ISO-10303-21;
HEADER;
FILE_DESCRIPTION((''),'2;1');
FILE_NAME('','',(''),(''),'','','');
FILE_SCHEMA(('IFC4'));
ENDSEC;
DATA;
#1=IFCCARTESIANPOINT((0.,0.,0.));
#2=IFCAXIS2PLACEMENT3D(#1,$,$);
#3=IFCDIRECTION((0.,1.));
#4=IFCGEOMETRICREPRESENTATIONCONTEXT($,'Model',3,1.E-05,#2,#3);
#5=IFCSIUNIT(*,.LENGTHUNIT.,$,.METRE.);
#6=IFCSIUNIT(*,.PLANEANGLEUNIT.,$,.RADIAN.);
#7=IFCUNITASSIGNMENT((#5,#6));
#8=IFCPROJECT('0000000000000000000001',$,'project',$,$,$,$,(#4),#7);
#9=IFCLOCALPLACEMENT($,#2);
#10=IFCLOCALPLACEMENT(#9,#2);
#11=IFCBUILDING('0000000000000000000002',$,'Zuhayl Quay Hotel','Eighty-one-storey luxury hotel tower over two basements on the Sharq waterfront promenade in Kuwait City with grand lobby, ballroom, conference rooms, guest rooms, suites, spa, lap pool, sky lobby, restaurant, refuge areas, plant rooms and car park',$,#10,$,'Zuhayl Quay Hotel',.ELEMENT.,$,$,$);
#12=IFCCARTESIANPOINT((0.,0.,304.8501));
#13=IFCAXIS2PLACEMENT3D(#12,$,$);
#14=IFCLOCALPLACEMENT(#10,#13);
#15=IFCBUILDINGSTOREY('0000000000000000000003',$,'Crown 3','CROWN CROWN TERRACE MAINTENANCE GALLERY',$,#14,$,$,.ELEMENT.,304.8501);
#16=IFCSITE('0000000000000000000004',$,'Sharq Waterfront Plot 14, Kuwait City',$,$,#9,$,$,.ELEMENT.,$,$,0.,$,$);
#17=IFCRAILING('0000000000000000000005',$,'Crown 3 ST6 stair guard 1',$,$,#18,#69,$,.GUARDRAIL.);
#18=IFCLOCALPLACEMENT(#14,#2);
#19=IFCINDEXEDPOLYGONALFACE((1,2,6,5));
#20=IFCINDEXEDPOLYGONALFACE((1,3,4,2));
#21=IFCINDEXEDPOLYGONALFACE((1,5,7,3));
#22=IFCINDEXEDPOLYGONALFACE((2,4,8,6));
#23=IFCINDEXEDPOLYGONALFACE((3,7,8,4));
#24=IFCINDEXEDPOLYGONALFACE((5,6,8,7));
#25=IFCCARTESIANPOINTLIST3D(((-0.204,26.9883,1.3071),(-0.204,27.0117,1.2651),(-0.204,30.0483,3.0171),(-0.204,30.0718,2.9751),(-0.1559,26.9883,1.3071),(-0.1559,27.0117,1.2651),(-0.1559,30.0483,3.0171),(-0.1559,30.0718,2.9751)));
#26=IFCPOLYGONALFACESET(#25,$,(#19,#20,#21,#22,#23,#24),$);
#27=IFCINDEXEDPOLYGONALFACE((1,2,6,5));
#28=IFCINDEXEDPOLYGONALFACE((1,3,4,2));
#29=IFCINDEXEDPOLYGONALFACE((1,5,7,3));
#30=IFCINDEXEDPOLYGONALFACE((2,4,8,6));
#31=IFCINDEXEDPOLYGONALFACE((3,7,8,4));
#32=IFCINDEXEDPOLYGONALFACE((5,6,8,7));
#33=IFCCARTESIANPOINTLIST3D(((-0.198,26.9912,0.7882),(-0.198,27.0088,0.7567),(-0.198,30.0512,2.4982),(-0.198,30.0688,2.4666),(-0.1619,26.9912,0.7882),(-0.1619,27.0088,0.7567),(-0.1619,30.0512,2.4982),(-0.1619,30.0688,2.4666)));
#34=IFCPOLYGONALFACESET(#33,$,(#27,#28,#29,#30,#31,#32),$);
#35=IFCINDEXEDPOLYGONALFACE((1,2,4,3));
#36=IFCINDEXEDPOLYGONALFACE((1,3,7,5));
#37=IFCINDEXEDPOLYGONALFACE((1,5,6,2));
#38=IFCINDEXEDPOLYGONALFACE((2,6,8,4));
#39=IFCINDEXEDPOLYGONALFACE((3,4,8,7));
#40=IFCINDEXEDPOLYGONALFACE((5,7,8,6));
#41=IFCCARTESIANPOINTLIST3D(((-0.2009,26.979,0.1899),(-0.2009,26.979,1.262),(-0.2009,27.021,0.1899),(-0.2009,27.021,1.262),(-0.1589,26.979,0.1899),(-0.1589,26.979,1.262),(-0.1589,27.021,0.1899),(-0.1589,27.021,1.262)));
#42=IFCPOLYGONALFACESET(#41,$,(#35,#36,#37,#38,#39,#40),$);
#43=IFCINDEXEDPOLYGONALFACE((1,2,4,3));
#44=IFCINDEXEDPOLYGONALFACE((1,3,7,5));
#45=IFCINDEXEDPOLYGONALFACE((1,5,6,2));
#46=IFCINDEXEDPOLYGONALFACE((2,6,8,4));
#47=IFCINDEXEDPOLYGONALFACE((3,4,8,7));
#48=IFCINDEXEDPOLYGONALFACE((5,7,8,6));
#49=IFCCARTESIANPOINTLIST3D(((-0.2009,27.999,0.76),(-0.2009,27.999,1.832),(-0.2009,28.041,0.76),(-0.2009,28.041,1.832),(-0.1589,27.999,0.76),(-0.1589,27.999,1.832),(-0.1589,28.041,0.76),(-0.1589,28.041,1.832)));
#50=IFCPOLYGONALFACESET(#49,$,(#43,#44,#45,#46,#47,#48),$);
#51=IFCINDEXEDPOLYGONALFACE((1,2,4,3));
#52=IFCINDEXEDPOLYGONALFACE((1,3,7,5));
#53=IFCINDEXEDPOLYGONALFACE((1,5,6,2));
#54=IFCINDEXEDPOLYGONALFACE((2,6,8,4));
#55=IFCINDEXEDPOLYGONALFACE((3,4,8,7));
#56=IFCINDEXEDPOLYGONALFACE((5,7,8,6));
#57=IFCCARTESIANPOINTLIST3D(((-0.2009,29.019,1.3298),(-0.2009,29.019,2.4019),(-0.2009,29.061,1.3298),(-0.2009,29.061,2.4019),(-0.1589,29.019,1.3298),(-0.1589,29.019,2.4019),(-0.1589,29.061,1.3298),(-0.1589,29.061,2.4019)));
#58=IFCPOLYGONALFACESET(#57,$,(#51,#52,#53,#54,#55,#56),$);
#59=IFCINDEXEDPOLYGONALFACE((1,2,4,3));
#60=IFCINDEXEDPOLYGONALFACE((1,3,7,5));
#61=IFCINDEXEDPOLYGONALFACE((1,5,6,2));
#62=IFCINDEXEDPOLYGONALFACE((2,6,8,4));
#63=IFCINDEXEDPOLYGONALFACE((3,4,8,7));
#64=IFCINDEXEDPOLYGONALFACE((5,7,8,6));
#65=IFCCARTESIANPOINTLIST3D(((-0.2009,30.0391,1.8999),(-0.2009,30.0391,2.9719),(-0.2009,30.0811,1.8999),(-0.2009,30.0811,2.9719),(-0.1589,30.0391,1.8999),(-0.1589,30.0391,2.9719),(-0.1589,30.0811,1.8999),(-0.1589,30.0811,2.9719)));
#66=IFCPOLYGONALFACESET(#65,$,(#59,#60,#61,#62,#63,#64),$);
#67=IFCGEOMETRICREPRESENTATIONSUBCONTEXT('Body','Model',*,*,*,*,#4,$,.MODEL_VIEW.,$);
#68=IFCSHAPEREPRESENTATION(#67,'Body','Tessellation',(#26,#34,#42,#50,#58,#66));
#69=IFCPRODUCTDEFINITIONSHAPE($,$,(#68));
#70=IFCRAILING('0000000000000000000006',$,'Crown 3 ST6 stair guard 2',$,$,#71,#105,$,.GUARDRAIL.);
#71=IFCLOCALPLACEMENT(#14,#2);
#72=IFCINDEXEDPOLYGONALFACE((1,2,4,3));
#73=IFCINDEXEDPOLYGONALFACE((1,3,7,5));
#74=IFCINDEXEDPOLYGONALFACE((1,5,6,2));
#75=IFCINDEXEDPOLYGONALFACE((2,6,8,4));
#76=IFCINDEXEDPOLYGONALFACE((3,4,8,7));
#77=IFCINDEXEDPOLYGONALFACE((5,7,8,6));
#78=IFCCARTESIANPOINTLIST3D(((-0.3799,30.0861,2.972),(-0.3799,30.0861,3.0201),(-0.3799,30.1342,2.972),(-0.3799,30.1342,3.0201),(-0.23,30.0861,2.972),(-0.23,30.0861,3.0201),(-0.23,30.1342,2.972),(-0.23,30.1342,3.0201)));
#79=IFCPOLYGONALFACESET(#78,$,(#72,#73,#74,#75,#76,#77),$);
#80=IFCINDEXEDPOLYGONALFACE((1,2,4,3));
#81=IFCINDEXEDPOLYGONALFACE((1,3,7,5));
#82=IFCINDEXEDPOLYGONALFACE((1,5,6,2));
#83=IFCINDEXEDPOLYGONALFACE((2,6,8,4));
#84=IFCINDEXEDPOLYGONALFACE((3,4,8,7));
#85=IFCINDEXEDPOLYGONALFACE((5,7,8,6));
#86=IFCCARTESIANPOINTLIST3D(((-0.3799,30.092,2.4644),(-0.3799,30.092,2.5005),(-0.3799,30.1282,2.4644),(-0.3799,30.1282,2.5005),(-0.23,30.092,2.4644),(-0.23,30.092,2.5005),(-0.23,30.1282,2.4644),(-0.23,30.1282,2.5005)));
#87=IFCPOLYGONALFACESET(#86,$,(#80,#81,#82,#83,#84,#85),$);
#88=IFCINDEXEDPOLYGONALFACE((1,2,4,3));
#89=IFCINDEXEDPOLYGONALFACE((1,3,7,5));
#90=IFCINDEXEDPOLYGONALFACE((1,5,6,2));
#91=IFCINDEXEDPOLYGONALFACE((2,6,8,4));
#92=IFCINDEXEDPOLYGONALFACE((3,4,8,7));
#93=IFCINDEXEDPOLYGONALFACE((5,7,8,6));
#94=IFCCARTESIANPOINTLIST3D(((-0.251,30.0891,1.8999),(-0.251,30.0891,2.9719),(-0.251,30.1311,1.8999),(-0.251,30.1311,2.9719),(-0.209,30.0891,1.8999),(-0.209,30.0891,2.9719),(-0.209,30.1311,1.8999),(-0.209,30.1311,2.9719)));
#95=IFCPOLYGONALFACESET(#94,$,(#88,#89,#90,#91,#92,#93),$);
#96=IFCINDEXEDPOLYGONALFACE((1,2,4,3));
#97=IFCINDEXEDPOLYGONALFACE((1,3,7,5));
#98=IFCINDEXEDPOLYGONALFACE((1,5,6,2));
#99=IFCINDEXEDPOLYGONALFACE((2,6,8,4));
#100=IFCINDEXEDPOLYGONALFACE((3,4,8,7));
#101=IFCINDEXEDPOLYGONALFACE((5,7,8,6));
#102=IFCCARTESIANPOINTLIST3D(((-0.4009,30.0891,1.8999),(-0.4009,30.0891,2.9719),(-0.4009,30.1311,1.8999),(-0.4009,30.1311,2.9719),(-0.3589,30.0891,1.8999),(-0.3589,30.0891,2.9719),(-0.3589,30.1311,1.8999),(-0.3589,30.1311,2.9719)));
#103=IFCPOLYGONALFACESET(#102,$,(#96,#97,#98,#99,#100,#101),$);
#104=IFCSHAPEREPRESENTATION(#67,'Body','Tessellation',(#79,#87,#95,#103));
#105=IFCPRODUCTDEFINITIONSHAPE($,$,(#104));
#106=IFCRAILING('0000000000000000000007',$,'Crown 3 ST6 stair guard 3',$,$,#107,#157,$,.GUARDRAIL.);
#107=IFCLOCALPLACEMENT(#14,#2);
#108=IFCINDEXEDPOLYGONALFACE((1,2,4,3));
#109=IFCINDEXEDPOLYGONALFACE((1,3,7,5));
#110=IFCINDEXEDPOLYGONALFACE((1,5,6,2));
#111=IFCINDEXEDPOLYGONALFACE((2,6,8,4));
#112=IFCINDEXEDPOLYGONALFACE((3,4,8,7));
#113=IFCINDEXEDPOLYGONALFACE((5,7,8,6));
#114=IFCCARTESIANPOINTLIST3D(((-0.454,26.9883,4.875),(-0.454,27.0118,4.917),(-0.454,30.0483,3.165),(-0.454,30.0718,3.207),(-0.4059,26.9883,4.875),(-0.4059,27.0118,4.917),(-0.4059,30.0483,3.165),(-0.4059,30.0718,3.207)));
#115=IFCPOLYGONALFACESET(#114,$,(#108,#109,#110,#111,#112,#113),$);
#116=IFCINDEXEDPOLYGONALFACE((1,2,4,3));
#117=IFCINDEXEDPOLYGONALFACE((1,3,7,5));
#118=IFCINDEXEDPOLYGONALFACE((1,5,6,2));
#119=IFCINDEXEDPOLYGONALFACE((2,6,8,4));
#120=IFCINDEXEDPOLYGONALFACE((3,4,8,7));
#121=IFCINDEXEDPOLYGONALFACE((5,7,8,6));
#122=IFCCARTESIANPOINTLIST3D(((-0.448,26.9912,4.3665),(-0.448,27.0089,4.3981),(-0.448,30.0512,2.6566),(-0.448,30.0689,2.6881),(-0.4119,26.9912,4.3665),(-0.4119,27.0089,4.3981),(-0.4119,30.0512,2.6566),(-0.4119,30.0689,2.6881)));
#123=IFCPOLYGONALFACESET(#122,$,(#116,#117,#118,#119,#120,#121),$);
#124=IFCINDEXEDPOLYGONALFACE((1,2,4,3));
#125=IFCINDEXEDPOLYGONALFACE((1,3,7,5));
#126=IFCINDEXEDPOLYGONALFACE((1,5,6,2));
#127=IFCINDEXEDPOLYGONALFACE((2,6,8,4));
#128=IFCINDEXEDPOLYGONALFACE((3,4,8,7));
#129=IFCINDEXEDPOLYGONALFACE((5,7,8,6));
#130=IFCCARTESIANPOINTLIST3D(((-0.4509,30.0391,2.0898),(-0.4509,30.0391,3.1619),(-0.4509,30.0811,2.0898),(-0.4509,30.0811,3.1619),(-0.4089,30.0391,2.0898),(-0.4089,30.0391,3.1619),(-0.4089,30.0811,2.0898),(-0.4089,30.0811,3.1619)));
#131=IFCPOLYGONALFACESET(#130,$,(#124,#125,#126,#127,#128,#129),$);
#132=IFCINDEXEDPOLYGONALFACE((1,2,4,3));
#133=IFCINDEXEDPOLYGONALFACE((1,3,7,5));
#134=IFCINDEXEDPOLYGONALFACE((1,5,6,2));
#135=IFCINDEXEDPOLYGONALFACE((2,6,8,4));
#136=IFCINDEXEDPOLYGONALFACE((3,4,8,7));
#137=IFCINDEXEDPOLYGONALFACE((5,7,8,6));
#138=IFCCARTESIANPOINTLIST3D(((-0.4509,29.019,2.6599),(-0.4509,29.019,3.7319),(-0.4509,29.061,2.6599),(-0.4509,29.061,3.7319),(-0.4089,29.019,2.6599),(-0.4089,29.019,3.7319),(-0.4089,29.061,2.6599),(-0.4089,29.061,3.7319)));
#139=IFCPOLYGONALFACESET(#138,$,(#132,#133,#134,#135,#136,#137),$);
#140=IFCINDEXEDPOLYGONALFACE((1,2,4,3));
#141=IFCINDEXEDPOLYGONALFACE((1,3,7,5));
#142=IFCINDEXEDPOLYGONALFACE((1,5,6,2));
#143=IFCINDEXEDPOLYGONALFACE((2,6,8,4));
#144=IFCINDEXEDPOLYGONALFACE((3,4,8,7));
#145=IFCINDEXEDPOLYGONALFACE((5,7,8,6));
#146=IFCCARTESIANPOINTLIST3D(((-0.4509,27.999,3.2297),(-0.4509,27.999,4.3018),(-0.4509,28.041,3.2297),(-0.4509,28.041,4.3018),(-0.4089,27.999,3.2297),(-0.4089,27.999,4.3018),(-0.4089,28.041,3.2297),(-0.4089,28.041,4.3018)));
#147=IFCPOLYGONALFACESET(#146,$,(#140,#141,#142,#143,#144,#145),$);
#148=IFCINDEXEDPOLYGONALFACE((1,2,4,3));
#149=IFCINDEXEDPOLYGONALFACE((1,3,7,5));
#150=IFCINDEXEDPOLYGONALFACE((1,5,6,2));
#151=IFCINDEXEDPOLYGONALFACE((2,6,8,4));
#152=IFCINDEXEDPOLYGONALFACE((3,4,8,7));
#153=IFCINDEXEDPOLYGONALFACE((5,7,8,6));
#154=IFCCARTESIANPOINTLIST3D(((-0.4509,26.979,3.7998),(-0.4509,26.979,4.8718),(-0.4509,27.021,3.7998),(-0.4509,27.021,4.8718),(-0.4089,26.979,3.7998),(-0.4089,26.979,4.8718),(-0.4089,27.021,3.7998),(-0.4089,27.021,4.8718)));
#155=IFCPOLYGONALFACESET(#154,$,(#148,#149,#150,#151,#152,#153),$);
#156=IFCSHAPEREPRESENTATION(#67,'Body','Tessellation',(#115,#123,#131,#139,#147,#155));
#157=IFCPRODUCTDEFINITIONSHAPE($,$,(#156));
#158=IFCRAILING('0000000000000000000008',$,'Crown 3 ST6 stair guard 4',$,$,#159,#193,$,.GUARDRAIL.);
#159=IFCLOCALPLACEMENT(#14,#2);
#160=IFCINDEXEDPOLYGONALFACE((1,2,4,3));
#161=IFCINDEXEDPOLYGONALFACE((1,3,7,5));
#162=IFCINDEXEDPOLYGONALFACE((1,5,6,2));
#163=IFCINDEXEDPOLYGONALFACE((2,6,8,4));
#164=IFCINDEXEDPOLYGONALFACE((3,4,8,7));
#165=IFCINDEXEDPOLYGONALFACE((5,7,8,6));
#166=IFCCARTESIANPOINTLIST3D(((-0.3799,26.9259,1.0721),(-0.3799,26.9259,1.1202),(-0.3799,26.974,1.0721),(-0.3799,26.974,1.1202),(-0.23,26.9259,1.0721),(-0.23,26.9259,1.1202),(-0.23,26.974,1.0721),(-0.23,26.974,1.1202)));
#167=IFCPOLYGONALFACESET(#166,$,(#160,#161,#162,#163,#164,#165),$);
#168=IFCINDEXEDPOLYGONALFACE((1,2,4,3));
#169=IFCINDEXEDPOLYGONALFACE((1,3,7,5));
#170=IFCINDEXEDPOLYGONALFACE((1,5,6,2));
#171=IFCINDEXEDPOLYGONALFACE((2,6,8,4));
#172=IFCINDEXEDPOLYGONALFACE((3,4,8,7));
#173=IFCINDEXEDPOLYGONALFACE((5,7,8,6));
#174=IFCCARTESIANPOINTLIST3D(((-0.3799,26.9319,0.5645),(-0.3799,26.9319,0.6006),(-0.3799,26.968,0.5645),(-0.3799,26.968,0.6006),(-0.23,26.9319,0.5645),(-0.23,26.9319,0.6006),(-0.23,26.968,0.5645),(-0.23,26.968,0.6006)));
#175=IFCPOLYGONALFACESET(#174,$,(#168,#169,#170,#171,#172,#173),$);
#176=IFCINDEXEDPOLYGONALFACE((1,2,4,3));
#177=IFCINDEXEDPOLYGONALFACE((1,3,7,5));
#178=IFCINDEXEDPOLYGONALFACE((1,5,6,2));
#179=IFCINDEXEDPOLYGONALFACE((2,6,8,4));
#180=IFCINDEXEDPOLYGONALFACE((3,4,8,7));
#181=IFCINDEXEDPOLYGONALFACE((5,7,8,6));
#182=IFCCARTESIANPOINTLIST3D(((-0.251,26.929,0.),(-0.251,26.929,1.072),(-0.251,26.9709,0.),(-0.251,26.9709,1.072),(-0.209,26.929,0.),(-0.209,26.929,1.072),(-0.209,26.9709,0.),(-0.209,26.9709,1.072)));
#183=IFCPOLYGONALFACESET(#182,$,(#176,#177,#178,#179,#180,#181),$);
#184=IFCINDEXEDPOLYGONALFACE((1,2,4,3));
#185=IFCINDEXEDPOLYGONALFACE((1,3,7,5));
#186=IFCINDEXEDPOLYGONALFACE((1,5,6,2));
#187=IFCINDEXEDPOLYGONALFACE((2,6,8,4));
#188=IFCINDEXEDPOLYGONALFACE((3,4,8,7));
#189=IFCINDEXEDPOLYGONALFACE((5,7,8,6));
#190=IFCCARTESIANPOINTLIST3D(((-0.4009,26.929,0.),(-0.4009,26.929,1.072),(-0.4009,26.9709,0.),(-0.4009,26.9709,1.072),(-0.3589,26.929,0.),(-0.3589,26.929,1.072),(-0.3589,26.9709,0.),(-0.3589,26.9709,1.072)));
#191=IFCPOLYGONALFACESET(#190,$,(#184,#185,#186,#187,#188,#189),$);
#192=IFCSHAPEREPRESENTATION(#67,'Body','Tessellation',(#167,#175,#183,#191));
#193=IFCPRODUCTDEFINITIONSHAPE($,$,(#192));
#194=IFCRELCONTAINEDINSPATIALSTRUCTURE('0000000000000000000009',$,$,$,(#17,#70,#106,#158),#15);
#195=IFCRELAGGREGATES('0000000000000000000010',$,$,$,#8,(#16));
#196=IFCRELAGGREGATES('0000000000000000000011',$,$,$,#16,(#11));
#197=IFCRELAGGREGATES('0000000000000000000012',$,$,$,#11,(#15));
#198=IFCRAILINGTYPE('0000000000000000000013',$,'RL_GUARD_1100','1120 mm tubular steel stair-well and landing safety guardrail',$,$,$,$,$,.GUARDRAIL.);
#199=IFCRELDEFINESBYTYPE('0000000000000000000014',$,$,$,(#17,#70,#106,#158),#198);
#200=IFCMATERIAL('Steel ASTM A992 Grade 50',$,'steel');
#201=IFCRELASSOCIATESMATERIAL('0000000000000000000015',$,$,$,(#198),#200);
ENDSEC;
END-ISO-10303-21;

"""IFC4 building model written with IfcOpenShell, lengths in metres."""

from ifc_helpers import new_model, si_unit, direction, frame, origin, origin_2d, place, context, subcontext, project, spatial, rectangle, extrude, material, type_object, element, save


model = new_model("IFC4")

# Units and contexts
model_context = context("Model", 3, precision=1e-05, world=origin(), true_north=direction((0.0, 1.0)))
body_context = subcontext(model_context, "Body", "Model", "MODEL_VIEW")
ifc_project = project(units=[si_unit("LENGTHUNIT", "METRE"), si_unit("PLANEANGLEUNIT", "RADIAN")], contexts=[model_context])

# Site, building, storey
site_placement = place(None, origin())
site = spatial("IfcSite", under=ifc_project, at=site_placement, Name="Sharq Waterfront Plot 14, Kuwait City", CompositionType="ELEMENT", RefElevation=0.0)
building_placement = place(site_placement, origin())
building = spatial("IfcBuilding", under=site, at=building_placement, Name="Zuhayl Quay Hotel", Description="Eighty-one-storey luxury hotel tower over two basements on the Sharq waterfront promenade in Kuwait City with grand lobby, ballroom, conference rooms, guest rooms, suites, spa, lap pool, sky lobby, restaurant, refuge areas, plant rooms and car park", LongName="Zuhayl Quay Hotel", CompositionType="ELEMENT")
storey_placement = place(building_placement, frame((0.0, 0.0, 304.8501)))
storey = spatial("IfcBuildingStorey", under=building, at=storey_placement, Name="Crown 3", Description="CROWN CROWN TERRACE MAINTENANCE GALLERY", CompositionType="ELEMENT", Elevation=304.8501)

# Shared definitions
ifc_material_1 = material(Name="Steel ASTM A992 Grade 50", Category="steel")

# Railings
railing_type_1 = type_object("IfcRailingType", Name="RL_GUARD_1100", Description="1120 mm tubular steel stair-well and landing safety guardrail", PredefinedType="GUARDRAIL", material=ifc_material_1)
railing_1_placement = place(storey_placement, frame((-0.1799, 27.0, 0.1899)))
element("IfcRailing", 1, at=railing_1_placement, inside=storey, type_object=railing_type_1, Name="Crown 3 ST6 stair guard 1", PredefinedType="GUARDRAIL", context=body_context, shape_type="SweptSolid", body=[
    extrude(rectangle(XDim=0.0481, YDim=0.0481, at=origin_2d()), frame((0.0, 0.0, 1.0962), z_axis=(0.0, 0.872952, 0.487806), x_axis=(-1.0, 0.0, 0.0)), (0.0, 0.0, 1.0), 3.5054),
    extrude(rectangle(XDim=0.0361, YDim=0.0361, at=origin_2d()), frame((0.0, 0.0, 0.5825), z_axis=(0.0, 0.872952, 0.487806), x_axis=(-1.0, 0.0, 0.0)), (0.0, 0.0, 1.0), 3.5054),
    extrude(rectangle(XDim=0.042, YDim=0.042, at=origin_2d()), origin(), (0.0, 0.0, 1.0), 1.072),
    extrude(rectangle(XDim=0.042, YDim=0.042, at=origin_2d()), frame((0.0, 1.02, 0.5701)), (0.0, 0.0, 1.0), 1.072),
    extrude(rectangle(XDim=0.042, YDim=0.042, at=origin_2d()), frame((0.0, 2.04, 1.1399)), (0.0, 0.0, 1.0), 1.072),
    extrude(rectangle(XDim=0.042, YDim=0.042, at=origin_2d()), frame((0.0, 3.0601, 1.71)), (0.0, 0.0, 1.0), 1.072),
])
railing_2_placement = place(storey_placement, frame((-0.23, 30.1101, 1.8999)))
element("IfcRailing", 2, at=railing_2_placement, inside=storey, type_object=railing_type_1, Name="Crown 3 ST6 stair guard 2", PredefinedType="GUARDRAIL", context=body_context, shape_type="SweptSolid", body=[
    extrude(rectangle(XDim=0.0481, YDim=0.0481, at=origin_2d()), frame((0.0, 0.0, 1.0962), z_axis=(-1.0, 0.0, 0.0), x_axis=(0.0, -1.0, 0.0)), (0.0, 0.0, 1.0), 0.1499),
    extrude(rectangle(XDim=0.0361, YDim=0.0361, at=origin_2d()), frame((0.0, 0.0, 0.5825), z_axis=(-1.0, 0.0, 0.0), x_axis=(0.0, -1.0, 0.0)), (0.0, 0.0, 1.0), 0.1499),
    extrude(rectangle(XDim=0.042, YDim=0.042, at=origin_2d()), origin(), (0.0, 0.0, 1.0), 1.072),
    extrude(rectangle(XDim=0.042, YDim=0.042, at=origin_2d()), frame((-0.1499, 0.0, 0.0)), (0.0, 0.0, 1.0), 1.072),
])
railing_3_placement = place(storey_placement, frame((-0.4299, 30.0601, 2.0898)))
element("IfcRailing", 3, at=railing_3_placement, inside=storey, type_object=railing_type_1, Name="Crown 3 ST6 stair guard 3", PredefinedType="GUARDRAIL", context=body_context, shape_type="SweptSolid", body=[
    extrude(rectangle(XDim=0.0481, YDim=0.0481, at=origin_2d()), frame((0.0, 0.0, 1.0962), z_axis=(0.0, -0.872952, 0.487806), x_axis=(1.0, 0.0, 0.0)), (0.0, 0.0, 1.0), 3.5054),
    extrude(rectangle(XDim=0.0361, YDim=0.0361, at=origin_2d()), frame((0.0, 0.0, 0.5825), z_axis=(0.0, -0.872952, 0.487806), x_axis=(1.0, 0.0, 0.0)), (0.0, 0.0, 1.0), 3.5054),
    extrude(rectangle(XDim=0.042, YDim=0.042, at=origin_2d()), origin(), (0.0, 0.0, 1.0), 1.072),
    extrude(rectangle(XDim=0.042, YDim=0.042, at=origin_2d()), frame((0.0, -1.02, 0.5701)), (0.0, 0.0, 1.0), 1.072),
    extrude(rectangle(XDim=0.042, YDim=0.042, at=origin_2d()), frame((0.0, -2.04, 1.1399)), (0.0, 0.0, 1.0), 1.072),
    extrude(rectangle(XDim=0.042, YDim=0.042, at=origin_2d()), frame((0.0, -3.0601, 1.71)), (0.0, 0.0, 1.0), 1.072),
])
railing_4_placement = place(storey_placement, frame((-0.23, 26.95, 0.0)))
element("IfcRailing", 4, at=railing_4_placement, inside=storey, type_object=railing_type_1, Name="Crown 3 ST6 stair guard 4", PredefinedType="GUARDRAIL", context=body_context, shape_type="SweptSolid", body=[
    extrude(rectangle(XDim=0.0481, YDim=0.0481, at=origin_2d()), frame((0.0, 0.0, 1.0962), z_axis=(-1.0, 0.0, 0.0), x_axis=(0.0, -1.0, 0.0)), (0.0, 0.0, 1.0), 0.1499),
    extrude(rectangle(XDim=0.0361, YDim=0.0361, at=origin_2d()), frame((0.0, 0.0, 0.5825), z_axis=(-1.0, 0.0, 0.0), x_axis=(0.0, -1.0, 0.0)), (0.0, 0.0, 1.0), 0.1499),
    extrude(rectangle(XDim=0.042, YDim=0.042, at=origin_2d()), origin(), (0.0, 0.0, 1.0), 1.072),
    extrude(rectangle(XDim=0.042, YDim=0.042, at=origin_2d()), frame((-0.1499, 0.0, 0.0)), (0.0, 0.0, 1.0), 1.072),
])

save(model, "model.ifc")
